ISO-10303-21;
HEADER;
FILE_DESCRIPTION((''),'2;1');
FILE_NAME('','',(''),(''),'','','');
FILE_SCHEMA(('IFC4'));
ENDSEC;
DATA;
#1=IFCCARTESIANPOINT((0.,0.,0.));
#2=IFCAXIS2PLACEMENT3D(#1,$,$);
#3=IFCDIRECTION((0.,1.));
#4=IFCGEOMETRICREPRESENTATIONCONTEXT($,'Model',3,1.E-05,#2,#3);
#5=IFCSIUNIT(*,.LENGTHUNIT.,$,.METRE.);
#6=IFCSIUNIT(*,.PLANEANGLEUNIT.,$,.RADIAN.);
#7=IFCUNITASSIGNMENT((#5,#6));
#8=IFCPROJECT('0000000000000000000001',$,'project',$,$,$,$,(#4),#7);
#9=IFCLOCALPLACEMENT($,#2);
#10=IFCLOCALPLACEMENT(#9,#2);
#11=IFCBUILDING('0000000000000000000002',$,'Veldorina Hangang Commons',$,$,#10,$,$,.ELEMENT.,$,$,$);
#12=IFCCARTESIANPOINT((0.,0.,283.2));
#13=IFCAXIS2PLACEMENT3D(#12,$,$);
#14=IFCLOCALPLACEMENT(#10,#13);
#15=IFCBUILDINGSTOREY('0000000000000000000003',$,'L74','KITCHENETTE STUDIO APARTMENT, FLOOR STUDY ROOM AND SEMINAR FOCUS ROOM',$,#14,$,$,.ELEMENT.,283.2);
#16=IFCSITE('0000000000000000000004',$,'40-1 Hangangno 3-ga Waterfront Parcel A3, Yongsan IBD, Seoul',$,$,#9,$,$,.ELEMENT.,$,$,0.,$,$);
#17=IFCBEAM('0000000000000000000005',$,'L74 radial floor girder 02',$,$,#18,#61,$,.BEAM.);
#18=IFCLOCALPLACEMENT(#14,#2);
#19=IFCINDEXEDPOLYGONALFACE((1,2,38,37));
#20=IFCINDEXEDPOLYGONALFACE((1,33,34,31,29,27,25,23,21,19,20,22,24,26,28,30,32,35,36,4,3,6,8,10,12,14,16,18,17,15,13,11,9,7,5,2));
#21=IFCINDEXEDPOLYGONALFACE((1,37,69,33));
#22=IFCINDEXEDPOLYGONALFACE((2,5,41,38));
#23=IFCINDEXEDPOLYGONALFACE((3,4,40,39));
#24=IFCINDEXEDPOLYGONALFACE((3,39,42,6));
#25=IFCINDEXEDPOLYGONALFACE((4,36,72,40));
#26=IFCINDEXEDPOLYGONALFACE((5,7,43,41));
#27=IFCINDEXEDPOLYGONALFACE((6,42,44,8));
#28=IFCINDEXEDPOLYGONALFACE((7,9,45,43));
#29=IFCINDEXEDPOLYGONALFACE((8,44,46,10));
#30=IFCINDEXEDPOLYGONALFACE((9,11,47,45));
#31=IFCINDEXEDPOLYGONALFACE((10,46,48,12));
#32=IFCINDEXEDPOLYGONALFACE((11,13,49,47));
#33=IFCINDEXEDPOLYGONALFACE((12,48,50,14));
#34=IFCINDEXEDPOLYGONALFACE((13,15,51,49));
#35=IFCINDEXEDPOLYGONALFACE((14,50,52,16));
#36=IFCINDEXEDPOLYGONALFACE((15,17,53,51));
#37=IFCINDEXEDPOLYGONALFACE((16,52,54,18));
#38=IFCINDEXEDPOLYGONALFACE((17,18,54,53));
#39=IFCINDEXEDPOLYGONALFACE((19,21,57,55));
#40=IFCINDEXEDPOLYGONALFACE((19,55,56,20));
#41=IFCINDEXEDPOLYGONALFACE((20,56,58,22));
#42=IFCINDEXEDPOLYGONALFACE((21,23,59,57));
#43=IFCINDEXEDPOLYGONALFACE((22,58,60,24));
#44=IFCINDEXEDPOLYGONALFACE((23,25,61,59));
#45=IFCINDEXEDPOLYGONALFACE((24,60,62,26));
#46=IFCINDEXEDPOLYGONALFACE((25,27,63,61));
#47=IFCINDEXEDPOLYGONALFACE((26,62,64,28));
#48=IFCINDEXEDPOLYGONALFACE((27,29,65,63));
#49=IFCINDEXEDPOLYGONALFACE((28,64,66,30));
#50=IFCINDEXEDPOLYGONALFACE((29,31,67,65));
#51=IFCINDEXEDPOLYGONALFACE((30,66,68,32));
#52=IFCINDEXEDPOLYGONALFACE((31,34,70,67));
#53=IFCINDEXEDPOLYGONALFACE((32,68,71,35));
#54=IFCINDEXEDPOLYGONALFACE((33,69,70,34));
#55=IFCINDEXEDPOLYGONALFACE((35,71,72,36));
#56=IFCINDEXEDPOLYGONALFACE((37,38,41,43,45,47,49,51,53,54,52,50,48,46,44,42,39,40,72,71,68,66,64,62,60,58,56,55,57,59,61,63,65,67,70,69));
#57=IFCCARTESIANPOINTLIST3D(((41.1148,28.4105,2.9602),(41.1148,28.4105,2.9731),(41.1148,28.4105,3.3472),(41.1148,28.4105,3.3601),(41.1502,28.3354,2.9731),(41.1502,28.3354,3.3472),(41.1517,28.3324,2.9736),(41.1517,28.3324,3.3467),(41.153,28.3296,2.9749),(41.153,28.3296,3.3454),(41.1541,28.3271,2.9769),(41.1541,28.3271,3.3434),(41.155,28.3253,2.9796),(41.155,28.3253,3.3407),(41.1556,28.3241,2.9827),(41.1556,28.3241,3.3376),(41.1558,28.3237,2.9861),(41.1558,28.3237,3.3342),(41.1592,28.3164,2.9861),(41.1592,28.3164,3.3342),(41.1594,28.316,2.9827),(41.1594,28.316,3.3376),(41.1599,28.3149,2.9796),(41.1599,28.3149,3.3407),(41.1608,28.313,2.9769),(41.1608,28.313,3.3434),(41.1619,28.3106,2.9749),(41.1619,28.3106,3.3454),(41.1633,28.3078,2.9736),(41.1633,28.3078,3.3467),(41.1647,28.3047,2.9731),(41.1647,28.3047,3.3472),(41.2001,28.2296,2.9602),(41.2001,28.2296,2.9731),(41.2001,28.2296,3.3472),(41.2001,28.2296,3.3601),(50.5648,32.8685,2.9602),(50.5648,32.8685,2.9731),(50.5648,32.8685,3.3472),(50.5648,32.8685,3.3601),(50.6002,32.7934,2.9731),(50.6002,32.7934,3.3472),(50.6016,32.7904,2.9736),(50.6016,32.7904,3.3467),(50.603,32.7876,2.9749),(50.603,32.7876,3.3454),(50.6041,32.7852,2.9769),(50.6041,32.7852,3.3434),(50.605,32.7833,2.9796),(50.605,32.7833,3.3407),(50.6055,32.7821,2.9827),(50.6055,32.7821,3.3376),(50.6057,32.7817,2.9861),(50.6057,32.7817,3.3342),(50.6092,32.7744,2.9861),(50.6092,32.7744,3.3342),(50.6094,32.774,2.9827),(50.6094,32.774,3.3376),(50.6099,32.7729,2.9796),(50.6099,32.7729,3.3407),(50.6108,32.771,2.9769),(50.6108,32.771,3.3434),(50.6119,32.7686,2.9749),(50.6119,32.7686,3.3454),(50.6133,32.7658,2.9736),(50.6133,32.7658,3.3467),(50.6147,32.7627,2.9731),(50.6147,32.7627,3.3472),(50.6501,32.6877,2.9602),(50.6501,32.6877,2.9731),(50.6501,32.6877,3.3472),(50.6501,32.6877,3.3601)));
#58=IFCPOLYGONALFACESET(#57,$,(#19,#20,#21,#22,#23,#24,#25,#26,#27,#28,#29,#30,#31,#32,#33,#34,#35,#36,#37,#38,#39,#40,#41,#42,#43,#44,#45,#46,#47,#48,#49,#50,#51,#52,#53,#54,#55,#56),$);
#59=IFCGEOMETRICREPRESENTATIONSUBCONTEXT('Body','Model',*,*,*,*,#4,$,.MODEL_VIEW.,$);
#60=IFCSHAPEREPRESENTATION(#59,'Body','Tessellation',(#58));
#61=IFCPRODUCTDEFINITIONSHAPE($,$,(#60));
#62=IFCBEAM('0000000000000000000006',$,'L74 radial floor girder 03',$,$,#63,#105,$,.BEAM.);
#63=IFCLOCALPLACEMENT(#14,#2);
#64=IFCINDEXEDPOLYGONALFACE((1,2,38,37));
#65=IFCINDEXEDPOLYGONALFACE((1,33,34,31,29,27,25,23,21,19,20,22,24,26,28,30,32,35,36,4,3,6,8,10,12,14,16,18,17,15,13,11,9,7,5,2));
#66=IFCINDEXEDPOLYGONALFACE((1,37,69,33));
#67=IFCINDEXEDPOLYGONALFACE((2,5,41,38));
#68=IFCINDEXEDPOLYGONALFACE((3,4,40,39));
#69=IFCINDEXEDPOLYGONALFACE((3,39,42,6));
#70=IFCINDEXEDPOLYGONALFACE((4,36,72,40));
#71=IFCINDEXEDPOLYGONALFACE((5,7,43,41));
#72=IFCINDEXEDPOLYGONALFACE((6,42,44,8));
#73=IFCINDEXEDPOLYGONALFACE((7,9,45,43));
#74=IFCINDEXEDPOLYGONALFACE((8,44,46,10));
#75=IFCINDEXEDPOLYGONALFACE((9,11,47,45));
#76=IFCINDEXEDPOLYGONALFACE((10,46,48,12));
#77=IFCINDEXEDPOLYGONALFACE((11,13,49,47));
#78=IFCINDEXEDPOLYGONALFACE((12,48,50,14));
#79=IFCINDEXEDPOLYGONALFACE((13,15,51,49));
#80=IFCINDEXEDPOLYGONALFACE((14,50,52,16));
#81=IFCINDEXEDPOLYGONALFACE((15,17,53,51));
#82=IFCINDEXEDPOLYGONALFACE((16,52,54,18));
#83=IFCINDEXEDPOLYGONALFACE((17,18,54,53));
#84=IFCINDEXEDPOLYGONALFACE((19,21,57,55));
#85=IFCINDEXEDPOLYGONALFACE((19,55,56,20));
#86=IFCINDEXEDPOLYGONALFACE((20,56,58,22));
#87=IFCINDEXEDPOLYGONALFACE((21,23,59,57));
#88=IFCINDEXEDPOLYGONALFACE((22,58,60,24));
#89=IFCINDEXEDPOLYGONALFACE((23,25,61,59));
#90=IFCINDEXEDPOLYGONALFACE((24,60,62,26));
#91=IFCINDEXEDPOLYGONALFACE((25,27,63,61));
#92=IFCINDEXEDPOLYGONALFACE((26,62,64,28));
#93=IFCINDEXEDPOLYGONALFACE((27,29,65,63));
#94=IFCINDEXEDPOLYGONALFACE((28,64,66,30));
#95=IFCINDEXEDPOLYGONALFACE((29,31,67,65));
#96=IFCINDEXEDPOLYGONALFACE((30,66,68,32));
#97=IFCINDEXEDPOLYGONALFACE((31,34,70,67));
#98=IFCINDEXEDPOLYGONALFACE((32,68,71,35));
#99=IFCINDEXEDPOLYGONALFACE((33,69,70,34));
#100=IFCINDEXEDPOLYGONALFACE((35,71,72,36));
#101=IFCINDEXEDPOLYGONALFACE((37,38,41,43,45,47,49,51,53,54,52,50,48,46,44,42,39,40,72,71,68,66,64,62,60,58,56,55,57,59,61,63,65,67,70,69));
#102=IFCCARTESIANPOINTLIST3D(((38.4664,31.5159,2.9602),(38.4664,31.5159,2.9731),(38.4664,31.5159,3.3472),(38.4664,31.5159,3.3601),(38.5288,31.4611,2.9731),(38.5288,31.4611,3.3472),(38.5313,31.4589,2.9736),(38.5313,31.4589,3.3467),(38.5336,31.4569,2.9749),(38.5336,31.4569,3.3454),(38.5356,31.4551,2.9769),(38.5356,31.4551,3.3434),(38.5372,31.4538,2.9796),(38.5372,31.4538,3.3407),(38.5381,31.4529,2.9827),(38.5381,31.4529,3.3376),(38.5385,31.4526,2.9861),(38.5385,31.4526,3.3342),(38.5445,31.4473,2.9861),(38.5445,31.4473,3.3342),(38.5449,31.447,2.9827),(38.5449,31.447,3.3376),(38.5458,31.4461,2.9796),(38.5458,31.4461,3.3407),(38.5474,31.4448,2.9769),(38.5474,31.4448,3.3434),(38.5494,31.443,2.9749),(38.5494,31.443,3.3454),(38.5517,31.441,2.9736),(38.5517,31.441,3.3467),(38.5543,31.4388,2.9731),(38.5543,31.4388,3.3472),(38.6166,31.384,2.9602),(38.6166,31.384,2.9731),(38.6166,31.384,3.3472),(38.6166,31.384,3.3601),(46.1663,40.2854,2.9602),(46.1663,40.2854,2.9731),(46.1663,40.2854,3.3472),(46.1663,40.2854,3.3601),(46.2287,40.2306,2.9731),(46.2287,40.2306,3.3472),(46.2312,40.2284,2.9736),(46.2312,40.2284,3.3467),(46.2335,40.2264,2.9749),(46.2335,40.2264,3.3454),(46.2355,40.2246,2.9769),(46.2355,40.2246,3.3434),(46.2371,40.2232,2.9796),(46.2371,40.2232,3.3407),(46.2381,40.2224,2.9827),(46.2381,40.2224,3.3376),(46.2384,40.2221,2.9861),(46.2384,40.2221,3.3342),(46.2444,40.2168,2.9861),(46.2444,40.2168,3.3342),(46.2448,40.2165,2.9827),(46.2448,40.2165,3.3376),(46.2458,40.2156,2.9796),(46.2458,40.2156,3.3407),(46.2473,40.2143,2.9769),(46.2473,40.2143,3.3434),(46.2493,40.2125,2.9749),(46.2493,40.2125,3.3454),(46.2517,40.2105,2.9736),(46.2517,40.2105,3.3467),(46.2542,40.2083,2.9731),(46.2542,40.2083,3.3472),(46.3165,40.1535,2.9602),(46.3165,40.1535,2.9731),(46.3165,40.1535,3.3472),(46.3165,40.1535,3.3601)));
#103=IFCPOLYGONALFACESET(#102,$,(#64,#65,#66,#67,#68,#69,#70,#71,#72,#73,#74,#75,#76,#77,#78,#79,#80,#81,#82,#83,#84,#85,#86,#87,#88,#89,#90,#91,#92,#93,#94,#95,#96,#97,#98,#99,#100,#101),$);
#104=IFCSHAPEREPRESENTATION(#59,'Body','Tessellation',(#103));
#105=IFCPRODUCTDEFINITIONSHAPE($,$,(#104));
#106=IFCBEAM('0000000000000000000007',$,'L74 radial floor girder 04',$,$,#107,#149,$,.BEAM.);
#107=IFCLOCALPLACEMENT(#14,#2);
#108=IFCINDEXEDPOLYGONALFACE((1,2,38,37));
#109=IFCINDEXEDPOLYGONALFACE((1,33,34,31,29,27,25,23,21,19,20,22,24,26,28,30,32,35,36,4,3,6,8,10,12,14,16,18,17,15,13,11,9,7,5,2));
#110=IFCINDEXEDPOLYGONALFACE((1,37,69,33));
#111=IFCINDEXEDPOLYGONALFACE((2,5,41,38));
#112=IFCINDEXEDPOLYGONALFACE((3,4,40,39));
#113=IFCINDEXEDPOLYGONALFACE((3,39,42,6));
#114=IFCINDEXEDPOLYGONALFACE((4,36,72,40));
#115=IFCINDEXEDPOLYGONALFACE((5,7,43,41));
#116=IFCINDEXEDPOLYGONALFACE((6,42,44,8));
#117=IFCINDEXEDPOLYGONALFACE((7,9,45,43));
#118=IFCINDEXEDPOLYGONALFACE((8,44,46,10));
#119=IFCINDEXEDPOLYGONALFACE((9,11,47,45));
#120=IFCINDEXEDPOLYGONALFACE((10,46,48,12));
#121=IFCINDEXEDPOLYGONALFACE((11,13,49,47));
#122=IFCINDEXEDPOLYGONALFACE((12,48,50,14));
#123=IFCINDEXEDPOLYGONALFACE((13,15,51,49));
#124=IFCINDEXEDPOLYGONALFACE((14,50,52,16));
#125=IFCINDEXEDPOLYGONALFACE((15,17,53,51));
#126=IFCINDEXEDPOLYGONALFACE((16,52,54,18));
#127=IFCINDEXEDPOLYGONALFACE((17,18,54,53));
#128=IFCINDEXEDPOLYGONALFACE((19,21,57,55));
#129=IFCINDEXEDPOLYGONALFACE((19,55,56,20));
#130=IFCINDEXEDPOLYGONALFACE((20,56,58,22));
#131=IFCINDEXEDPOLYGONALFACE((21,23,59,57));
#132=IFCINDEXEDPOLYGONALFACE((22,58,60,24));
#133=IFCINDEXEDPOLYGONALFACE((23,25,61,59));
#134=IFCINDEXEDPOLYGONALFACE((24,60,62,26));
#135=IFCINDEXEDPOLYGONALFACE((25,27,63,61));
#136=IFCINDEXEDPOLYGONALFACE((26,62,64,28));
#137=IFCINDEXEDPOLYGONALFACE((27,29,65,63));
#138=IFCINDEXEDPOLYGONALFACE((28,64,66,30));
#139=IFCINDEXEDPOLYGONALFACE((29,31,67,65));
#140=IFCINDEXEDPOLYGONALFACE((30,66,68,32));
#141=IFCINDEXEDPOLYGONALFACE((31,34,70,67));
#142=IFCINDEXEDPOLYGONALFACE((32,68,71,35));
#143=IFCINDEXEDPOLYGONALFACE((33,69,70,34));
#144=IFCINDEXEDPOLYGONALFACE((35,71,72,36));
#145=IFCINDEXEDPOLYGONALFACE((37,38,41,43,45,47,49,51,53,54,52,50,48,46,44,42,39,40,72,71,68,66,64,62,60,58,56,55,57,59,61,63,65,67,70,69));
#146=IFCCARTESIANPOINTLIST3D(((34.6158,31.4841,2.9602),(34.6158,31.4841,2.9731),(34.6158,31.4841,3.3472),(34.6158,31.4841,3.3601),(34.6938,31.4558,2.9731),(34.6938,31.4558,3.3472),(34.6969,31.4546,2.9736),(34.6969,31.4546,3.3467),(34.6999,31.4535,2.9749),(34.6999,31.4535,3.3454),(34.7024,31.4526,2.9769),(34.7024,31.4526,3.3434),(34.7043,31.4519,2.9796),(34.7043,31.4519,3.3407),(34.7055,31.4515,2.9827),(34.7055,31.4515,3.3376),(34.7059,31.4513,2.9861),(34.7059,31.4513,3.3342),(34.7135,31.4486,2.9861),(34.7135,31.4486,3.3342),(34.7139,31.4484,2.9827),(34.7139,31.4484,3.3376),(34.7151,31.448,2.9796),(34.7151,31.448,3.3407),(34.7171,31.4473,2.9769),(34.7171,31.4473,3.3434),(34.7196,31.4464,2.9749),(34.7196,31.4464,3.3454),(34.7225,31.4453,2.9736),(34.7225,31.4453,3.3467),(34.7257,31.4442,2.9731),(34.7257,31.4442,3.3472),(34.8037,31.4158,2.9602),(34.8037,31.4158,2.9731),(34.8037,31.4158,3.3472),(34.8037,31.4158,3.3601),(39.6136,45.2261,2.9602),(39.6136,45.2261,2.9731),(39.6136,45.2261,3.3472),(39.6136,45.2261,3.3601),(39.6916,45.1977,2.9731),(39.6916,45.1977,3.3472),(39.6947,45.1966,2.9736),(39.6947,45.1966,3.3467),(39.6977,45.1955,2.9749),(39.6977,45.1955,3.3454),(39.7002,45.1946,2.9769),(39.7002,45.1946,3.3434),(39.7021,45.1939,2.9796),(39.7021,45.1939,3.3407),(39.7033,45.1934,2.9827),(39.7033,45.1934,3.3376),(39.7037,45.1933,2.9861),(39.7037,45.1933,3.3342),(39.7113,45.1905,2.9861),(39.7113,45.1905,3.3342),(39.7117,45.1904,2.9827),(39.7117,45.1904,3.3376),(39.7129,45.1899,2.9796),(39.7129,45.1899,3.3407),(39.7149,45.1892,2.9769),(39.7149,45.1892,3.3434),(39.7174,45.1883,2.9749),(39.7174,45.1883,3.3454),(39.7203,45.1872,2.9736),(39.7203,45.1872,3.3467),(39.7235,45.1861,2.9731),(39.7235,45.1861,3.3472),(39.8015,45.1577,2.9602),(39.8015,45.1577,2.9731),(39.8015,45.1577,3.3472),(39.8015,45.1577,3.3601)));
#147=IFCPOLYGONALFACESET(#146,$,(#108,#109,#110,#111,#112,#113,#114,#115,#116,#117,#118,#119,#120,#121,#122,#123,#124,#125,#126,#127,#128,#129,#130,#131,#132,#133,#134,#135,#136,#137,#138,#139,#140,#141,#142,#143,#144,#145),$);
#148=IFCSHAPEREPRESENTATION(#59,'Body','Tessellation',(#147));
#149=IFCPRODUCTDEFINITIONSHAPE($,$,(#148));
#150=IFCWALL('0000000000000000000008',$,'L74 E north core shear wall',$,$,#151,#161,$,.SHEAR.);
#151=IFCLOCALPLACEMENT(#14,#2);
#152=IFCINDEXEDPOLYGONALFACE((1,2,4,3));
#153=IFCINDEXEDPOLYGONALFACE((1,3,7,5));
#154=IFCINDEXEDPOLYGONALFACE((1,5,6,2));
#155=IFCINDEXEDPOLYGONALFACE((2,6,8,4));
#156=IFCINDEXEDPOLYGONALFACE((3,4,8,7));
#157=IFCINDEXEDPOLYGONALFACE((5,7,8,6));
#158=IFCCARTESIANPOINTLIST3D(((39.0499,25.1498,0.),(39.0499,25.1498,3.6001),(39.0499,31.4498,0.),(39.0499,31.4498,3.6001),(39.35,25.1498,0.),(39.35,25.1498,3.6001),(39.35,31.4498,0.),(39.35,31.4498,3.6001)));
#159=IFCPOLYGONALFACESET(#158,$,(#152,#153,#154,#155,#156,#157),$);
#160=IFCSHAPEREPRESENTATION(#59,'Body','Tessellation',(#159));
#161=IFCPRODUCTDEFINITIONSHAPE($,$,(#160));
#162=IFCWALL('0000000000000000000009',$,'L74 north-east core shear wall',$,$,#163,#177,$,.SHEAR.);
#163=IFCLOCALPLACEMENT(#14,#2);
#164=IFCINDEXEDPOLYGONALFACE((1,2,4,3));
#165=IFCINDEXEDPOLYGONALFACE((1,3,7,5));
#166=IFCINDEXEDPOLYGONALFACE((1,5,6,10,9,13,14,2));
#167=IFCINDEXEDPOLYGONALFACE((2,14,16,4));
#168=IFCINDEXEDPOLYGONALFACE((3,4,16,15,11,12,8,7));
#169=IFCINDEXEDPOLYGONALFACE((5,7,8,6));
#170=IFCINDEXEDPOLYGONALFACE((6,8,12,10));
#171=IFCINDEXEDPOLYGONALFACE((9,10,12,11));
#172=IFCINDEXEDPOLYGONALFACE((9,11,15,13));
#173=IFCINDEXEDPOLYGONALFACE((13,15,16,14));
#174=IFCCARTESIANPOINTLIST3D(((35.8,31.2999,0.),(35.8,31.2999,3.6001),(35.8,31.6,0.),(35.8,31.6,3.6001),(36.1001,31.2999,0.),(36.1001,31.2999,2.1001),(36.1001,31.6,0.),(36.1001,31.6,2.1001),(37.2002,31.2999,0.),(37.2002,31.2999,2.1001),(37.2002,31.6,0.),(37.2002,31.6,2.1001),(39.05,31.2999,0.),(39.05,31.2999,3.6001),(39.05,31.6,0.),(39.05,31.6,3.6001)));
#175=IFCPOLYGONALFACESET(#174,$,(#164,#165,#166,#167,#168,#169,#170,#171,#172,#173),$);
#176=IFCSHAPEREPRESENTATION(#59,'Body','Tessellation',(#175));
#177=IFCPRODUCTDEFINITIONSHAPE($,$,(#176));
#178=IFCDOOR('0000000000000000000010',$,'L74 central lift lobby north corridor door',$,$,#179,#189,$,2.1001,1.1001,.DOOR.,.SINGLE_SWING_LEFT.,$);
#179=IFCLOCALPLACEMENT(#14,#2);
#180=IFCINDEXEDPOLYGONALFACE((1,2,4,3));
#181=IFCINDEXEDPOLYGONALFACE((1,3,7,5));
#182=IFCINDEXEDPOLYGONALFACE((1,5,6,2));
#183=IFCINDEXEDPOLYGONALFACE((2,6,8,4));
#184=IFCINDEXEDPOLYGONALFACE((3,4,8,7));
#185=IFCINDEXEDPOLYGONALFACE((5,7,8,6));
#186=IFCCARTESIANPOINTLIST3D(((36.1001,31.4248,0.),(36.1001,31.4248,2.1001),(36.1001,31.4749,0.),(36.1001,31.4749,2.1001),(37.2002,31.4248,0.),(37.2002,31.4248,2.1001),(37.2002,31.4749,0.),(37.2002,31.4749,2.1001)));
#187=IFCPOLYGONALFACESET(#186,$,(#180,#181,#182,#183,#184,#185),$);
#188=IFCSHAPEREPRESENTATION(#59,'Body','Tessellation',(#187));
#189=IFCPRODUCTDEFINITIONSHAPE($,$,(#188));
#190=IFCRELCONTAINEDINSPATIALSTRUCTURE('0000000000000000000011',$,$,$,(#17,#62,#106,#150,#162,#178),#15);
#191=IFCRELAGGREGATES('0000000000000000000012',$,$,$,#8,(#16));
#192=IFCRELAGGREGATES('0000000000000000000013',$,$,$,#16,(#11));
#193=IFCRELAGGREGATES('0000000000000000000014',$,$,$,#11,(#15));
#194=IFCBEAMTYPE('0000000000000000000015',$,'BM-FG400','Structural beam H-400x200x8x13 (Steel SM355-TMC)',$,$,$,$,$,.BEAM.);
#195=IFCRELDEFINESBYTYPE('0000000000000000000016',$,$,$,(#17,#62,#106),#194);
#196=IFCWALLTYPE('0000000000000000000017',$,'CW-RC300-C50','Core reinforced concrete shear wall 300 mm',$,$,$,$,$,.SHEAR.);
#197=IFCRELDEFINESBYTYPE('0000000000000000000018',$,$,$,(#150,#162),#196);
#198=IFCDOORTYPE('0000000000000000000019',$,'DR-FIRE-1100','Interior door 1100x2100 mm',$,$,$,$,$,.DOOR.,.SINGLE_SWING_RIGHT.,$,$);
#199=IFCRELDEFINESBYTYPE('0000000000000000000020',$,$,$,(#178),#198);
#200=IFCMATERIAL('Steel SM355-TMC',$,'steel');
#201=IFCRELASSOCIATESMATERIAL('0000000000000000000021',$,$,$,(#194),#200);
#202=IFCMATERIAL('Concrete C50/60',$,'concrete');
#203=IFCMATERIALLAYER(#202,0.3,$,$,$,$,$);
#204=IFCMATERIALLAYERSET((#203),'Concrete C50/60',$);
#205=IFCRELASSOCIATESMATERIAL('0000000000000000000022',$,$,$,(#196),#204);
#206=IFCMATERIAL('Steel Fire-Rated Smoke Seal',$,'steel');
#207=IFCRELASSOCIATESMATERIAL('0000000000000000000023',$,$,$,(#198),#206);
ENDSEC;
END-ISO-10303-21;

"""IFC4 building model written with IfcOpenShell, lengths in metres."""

from ifc_helpers import new_model, si_unit, direction, frame, frame_2d, origin, origin_2d, place, context, subcontext, project, spatial, rectangle, i_section, extrude, material, layer, layer_set, material_profile, profile_set, type_object, element, fill, save


model = new_model("IFC4")

# Units and contexts
model_context = context("Model", 3, precision=1e-05, world=origin(), true_north=direction((0.0, 1.0)))
body_context = subcontext(model_context, "Body", "Model", "MODEL_VIEW")
ifc_project = project(units=[si_unit("LENGTHUNIT", "METRE"), si_unit("PLANEANGLEUNIT", "RADIAN")], contexts=[model_context])

# Site, building, storey
site_placement = place(None, origin())
site = spatial("IfcSite", under=ifc_project, at=site_placement, Name="40-1 Hangangno 3-ga Waterfront Parcel A3, Yongsan IBD, Seoul", CompositionType="ELEMENT", RefElevation=0.0)
building_placement = place(site_placement, origin())
building = spatial("IfcBuilding", under=site, at=building_placement, Name="Veldorina Hangang Commons", CompositionType="ELEMENT")
storey_placement = place(building_placement, frame((0.0, 0.0, 283.2)))
storey = spatial("IfcBuildingStorey", under=building, at=storey_placement, Name="L74", Description="KITCHENETTE STUDIO APARTMENT, FLOOR STUDY ROOM AND SEMINAR FOCUS ROOM", CompositionType="ELEMENT", Elevation=283.2)

# Beams
ifc_material_1 = material(Name="Steel SM355-TMC", Category="steel")
ifc_material_profile = material_profile(ifc_material_1, i_section(OverallWidth=0.2, OverallDepth=0.3999, WebThickness=0.0081, FlangeThickness=0.0129, FilletRadius=0.0129, at=origin_2d()), Name="H-400x200x8x13")
ifc_profile_set = profile_set([ifc_material_profile], Name="Steel SM355-TMC")
beam_type = type_object("IfcBeamType", Name="BM-FG400", Description="Structural beam H-400x200x8x13 (Steel SM355-TMC)", PredefinedType="BEAM", material=ifc_profile_set)
beam_1_placement = place(storey_placement, frame((41.1575, 28.3201, 3.1602), z_axis=(0.904414, 0.426657, 0.0), x_axis=(-0.426657, 0.904414, 0.0)))
element("IfcBeam", 1, at=beam_1_placement, inside=storey, type_object=beam_type, Name="L74 radial floor girder 02", PredefinedType="BEAM", context=body_context, shape_type="SweptSolid", body=[
    extrude(i_section(OverallWidth=0.2, OverallDepth=0.3999, WebThickness=0.0081, FlangeThickness=0.0129, FilletRadius=0.0129, at=origin_2d()), origin(), (0.0, 0.0, 1.0), 10.4487),
])
beam_2_placement = place(storey_placement, frame((38.5415, 31.45, 3.1602), z_axis=(0.659795, 0.751446, 0.0), x_axis=(-0.751446, 0.659795, 0.0)))
element("IfcBeam", 2, at=beam_2_placement, inside=storey, type_object=beam_type, Name="L74 radial floor girder 03", PredefinedType="BEAM", context=body_context, shape_type="SweptSolid", body=[
    extrude(i_section(OverallWidth=0.2, OverallDepth=0.3999, WebThickness=0.0081, FlangeThickness=0.0129, FilletRadius=0.0129, at=origin_2d()), origin(), (0.0, 0.0, 1.0), 11.6702),
])
beam_3_placement = place(storey_placement, frame((34.7097, 31.45, 3.1602), z_axis=(0.341787, 0.939777, 0.0), x_axis=(-0.939777, 0.341787, 0.0)))
element("IfcBeam", 3, at=beam_3_placement, inside=storey, type_object=beam_type, Name="L74 radial floor girder 04", PredefinedType="BEAM", context=body_context, shape_type="SweptSolid", body=[
    extrude(i_section(OverallWidth=0.2, OverallDepth=0.3999, WebThickness=0.0081, FlangeThickness=0.0129, FilletRadius=0.0129, at=origin_2d()), origin(), (0.0, 0.0, 1.0), 14.6226),
])

# Wall
ifc_material_2 = material(Name="Concrete C50/60", Category="concrete")
ifc_layer_1 = layer(ifc_material_2, 0.3)
ifc_layer_set_1 = layer_set([ifc_layer_1], Name="Concrete C50/60")
wall_type_1 = type_object("IfcWallType", Name="CW-RC300-C50", Description="Core reinforced concrete shear wall 300 mm", PredefinedType="SHEAR", material=ifc_layer_set_1)
wall_1_placement = place(storey_placement, frame((39.2, 25.1499, 0.0), z_axis=(0.0, 0.0, 1.0), x_axis=(0.0, 1.0, 0.0)))
element("IfcWall", 4, at=wall_1_placement, inside=storey, type_object=wall_type_1, Name="L74 E north core shear wall", PredefinedType="SHEAR", context=body_context, shape_type="SweptSolid", body=[
    extrude(rectangle(XDim=6.3, YDim=0.3, at=frame_2d((3.1499, 0.0))), origin(), (0.0, 0.0, 1.0), 3.6001),
])

# Wall, opening, door
wall_2_placement = place(storey_placement, frame((35.8, 31.45, 0.0), z_axis=(0.0, 0.0, 1.0), x_axis=(1.0, 0.0, 0.0)))
wall_2 = element("IfcWall", 5, at=wall_2_placement, inside=storey, type_object=wall_type_1, Name="L74 north-east core shear wall", PredefinedType="SHEAR", context=body_context, shape_type="SweptSolid", body=[
    extrude(rectangle(XDim=3.25, YDim=0.3, at=frame_2d((1.625, 0.0))), origin(), (0.0, 0.0, 1.0), 3.6001),
])
opening_1_placement = place(wall_2_placement, frame((0.3, 0.0, 0.0)))
opening_1 = element("IfcOpeningElement", 6, at=opening_1_placement, cuts=wall_2, PredefinedType="OPENING", context=body_context, shape_type="SweptSolid", body=[
    extrude(rectangle(XDim=1.1001, YDim=2.1001, at=frame_2d((0.55, 1.05))), frame((0.0, 0.1602, 0.0), z_axis=(0.0, -1.0, 0.0), x_axis=(1.0, 0.0, 0.0)), (0.0, 0.0, 1.0), 0.3201),
])
ifc_material_3 = material(Name="Steel Fire-Rated Smoke Seal", Category="steel")
door_type_1 = type_object("IfcDoorType", Name="DR-FIRE-1100", Description="Interior door 1100x2100 mm", OperationType="SINGLE_SWING_RIGHT", PredefinedType="DOOR", material=ifc_material_3)
door_1_placement = place(opening_1_placement, origin())
door_1 = element("IfcDoor", 7, at=door_1_placement, inside=storey, type_object=door_type_1, Name="L74 central lift lobby north corridor door", OperationType="SINGLE_SWING_LEFT", OverallHeight=2.1001, OverallWidth=1.1001, PredefinedType="DOOR", context=body_context, shape_type="SweptSolid", body=[
    extrude(rectangle(XDim=1.1001, YDim=2.1001, at=frame_2d((0.55, 1.05))), frame((0.0, 0.0249, 0.0), z_axis=(0.0, -1.0, 0.0), x_axis=(1.0, 0.0, 0.0)), (0.0, 0.0, 1.0), 0.05),
])
fill(opening_1, door_1)

save(model, "model.ifc")
